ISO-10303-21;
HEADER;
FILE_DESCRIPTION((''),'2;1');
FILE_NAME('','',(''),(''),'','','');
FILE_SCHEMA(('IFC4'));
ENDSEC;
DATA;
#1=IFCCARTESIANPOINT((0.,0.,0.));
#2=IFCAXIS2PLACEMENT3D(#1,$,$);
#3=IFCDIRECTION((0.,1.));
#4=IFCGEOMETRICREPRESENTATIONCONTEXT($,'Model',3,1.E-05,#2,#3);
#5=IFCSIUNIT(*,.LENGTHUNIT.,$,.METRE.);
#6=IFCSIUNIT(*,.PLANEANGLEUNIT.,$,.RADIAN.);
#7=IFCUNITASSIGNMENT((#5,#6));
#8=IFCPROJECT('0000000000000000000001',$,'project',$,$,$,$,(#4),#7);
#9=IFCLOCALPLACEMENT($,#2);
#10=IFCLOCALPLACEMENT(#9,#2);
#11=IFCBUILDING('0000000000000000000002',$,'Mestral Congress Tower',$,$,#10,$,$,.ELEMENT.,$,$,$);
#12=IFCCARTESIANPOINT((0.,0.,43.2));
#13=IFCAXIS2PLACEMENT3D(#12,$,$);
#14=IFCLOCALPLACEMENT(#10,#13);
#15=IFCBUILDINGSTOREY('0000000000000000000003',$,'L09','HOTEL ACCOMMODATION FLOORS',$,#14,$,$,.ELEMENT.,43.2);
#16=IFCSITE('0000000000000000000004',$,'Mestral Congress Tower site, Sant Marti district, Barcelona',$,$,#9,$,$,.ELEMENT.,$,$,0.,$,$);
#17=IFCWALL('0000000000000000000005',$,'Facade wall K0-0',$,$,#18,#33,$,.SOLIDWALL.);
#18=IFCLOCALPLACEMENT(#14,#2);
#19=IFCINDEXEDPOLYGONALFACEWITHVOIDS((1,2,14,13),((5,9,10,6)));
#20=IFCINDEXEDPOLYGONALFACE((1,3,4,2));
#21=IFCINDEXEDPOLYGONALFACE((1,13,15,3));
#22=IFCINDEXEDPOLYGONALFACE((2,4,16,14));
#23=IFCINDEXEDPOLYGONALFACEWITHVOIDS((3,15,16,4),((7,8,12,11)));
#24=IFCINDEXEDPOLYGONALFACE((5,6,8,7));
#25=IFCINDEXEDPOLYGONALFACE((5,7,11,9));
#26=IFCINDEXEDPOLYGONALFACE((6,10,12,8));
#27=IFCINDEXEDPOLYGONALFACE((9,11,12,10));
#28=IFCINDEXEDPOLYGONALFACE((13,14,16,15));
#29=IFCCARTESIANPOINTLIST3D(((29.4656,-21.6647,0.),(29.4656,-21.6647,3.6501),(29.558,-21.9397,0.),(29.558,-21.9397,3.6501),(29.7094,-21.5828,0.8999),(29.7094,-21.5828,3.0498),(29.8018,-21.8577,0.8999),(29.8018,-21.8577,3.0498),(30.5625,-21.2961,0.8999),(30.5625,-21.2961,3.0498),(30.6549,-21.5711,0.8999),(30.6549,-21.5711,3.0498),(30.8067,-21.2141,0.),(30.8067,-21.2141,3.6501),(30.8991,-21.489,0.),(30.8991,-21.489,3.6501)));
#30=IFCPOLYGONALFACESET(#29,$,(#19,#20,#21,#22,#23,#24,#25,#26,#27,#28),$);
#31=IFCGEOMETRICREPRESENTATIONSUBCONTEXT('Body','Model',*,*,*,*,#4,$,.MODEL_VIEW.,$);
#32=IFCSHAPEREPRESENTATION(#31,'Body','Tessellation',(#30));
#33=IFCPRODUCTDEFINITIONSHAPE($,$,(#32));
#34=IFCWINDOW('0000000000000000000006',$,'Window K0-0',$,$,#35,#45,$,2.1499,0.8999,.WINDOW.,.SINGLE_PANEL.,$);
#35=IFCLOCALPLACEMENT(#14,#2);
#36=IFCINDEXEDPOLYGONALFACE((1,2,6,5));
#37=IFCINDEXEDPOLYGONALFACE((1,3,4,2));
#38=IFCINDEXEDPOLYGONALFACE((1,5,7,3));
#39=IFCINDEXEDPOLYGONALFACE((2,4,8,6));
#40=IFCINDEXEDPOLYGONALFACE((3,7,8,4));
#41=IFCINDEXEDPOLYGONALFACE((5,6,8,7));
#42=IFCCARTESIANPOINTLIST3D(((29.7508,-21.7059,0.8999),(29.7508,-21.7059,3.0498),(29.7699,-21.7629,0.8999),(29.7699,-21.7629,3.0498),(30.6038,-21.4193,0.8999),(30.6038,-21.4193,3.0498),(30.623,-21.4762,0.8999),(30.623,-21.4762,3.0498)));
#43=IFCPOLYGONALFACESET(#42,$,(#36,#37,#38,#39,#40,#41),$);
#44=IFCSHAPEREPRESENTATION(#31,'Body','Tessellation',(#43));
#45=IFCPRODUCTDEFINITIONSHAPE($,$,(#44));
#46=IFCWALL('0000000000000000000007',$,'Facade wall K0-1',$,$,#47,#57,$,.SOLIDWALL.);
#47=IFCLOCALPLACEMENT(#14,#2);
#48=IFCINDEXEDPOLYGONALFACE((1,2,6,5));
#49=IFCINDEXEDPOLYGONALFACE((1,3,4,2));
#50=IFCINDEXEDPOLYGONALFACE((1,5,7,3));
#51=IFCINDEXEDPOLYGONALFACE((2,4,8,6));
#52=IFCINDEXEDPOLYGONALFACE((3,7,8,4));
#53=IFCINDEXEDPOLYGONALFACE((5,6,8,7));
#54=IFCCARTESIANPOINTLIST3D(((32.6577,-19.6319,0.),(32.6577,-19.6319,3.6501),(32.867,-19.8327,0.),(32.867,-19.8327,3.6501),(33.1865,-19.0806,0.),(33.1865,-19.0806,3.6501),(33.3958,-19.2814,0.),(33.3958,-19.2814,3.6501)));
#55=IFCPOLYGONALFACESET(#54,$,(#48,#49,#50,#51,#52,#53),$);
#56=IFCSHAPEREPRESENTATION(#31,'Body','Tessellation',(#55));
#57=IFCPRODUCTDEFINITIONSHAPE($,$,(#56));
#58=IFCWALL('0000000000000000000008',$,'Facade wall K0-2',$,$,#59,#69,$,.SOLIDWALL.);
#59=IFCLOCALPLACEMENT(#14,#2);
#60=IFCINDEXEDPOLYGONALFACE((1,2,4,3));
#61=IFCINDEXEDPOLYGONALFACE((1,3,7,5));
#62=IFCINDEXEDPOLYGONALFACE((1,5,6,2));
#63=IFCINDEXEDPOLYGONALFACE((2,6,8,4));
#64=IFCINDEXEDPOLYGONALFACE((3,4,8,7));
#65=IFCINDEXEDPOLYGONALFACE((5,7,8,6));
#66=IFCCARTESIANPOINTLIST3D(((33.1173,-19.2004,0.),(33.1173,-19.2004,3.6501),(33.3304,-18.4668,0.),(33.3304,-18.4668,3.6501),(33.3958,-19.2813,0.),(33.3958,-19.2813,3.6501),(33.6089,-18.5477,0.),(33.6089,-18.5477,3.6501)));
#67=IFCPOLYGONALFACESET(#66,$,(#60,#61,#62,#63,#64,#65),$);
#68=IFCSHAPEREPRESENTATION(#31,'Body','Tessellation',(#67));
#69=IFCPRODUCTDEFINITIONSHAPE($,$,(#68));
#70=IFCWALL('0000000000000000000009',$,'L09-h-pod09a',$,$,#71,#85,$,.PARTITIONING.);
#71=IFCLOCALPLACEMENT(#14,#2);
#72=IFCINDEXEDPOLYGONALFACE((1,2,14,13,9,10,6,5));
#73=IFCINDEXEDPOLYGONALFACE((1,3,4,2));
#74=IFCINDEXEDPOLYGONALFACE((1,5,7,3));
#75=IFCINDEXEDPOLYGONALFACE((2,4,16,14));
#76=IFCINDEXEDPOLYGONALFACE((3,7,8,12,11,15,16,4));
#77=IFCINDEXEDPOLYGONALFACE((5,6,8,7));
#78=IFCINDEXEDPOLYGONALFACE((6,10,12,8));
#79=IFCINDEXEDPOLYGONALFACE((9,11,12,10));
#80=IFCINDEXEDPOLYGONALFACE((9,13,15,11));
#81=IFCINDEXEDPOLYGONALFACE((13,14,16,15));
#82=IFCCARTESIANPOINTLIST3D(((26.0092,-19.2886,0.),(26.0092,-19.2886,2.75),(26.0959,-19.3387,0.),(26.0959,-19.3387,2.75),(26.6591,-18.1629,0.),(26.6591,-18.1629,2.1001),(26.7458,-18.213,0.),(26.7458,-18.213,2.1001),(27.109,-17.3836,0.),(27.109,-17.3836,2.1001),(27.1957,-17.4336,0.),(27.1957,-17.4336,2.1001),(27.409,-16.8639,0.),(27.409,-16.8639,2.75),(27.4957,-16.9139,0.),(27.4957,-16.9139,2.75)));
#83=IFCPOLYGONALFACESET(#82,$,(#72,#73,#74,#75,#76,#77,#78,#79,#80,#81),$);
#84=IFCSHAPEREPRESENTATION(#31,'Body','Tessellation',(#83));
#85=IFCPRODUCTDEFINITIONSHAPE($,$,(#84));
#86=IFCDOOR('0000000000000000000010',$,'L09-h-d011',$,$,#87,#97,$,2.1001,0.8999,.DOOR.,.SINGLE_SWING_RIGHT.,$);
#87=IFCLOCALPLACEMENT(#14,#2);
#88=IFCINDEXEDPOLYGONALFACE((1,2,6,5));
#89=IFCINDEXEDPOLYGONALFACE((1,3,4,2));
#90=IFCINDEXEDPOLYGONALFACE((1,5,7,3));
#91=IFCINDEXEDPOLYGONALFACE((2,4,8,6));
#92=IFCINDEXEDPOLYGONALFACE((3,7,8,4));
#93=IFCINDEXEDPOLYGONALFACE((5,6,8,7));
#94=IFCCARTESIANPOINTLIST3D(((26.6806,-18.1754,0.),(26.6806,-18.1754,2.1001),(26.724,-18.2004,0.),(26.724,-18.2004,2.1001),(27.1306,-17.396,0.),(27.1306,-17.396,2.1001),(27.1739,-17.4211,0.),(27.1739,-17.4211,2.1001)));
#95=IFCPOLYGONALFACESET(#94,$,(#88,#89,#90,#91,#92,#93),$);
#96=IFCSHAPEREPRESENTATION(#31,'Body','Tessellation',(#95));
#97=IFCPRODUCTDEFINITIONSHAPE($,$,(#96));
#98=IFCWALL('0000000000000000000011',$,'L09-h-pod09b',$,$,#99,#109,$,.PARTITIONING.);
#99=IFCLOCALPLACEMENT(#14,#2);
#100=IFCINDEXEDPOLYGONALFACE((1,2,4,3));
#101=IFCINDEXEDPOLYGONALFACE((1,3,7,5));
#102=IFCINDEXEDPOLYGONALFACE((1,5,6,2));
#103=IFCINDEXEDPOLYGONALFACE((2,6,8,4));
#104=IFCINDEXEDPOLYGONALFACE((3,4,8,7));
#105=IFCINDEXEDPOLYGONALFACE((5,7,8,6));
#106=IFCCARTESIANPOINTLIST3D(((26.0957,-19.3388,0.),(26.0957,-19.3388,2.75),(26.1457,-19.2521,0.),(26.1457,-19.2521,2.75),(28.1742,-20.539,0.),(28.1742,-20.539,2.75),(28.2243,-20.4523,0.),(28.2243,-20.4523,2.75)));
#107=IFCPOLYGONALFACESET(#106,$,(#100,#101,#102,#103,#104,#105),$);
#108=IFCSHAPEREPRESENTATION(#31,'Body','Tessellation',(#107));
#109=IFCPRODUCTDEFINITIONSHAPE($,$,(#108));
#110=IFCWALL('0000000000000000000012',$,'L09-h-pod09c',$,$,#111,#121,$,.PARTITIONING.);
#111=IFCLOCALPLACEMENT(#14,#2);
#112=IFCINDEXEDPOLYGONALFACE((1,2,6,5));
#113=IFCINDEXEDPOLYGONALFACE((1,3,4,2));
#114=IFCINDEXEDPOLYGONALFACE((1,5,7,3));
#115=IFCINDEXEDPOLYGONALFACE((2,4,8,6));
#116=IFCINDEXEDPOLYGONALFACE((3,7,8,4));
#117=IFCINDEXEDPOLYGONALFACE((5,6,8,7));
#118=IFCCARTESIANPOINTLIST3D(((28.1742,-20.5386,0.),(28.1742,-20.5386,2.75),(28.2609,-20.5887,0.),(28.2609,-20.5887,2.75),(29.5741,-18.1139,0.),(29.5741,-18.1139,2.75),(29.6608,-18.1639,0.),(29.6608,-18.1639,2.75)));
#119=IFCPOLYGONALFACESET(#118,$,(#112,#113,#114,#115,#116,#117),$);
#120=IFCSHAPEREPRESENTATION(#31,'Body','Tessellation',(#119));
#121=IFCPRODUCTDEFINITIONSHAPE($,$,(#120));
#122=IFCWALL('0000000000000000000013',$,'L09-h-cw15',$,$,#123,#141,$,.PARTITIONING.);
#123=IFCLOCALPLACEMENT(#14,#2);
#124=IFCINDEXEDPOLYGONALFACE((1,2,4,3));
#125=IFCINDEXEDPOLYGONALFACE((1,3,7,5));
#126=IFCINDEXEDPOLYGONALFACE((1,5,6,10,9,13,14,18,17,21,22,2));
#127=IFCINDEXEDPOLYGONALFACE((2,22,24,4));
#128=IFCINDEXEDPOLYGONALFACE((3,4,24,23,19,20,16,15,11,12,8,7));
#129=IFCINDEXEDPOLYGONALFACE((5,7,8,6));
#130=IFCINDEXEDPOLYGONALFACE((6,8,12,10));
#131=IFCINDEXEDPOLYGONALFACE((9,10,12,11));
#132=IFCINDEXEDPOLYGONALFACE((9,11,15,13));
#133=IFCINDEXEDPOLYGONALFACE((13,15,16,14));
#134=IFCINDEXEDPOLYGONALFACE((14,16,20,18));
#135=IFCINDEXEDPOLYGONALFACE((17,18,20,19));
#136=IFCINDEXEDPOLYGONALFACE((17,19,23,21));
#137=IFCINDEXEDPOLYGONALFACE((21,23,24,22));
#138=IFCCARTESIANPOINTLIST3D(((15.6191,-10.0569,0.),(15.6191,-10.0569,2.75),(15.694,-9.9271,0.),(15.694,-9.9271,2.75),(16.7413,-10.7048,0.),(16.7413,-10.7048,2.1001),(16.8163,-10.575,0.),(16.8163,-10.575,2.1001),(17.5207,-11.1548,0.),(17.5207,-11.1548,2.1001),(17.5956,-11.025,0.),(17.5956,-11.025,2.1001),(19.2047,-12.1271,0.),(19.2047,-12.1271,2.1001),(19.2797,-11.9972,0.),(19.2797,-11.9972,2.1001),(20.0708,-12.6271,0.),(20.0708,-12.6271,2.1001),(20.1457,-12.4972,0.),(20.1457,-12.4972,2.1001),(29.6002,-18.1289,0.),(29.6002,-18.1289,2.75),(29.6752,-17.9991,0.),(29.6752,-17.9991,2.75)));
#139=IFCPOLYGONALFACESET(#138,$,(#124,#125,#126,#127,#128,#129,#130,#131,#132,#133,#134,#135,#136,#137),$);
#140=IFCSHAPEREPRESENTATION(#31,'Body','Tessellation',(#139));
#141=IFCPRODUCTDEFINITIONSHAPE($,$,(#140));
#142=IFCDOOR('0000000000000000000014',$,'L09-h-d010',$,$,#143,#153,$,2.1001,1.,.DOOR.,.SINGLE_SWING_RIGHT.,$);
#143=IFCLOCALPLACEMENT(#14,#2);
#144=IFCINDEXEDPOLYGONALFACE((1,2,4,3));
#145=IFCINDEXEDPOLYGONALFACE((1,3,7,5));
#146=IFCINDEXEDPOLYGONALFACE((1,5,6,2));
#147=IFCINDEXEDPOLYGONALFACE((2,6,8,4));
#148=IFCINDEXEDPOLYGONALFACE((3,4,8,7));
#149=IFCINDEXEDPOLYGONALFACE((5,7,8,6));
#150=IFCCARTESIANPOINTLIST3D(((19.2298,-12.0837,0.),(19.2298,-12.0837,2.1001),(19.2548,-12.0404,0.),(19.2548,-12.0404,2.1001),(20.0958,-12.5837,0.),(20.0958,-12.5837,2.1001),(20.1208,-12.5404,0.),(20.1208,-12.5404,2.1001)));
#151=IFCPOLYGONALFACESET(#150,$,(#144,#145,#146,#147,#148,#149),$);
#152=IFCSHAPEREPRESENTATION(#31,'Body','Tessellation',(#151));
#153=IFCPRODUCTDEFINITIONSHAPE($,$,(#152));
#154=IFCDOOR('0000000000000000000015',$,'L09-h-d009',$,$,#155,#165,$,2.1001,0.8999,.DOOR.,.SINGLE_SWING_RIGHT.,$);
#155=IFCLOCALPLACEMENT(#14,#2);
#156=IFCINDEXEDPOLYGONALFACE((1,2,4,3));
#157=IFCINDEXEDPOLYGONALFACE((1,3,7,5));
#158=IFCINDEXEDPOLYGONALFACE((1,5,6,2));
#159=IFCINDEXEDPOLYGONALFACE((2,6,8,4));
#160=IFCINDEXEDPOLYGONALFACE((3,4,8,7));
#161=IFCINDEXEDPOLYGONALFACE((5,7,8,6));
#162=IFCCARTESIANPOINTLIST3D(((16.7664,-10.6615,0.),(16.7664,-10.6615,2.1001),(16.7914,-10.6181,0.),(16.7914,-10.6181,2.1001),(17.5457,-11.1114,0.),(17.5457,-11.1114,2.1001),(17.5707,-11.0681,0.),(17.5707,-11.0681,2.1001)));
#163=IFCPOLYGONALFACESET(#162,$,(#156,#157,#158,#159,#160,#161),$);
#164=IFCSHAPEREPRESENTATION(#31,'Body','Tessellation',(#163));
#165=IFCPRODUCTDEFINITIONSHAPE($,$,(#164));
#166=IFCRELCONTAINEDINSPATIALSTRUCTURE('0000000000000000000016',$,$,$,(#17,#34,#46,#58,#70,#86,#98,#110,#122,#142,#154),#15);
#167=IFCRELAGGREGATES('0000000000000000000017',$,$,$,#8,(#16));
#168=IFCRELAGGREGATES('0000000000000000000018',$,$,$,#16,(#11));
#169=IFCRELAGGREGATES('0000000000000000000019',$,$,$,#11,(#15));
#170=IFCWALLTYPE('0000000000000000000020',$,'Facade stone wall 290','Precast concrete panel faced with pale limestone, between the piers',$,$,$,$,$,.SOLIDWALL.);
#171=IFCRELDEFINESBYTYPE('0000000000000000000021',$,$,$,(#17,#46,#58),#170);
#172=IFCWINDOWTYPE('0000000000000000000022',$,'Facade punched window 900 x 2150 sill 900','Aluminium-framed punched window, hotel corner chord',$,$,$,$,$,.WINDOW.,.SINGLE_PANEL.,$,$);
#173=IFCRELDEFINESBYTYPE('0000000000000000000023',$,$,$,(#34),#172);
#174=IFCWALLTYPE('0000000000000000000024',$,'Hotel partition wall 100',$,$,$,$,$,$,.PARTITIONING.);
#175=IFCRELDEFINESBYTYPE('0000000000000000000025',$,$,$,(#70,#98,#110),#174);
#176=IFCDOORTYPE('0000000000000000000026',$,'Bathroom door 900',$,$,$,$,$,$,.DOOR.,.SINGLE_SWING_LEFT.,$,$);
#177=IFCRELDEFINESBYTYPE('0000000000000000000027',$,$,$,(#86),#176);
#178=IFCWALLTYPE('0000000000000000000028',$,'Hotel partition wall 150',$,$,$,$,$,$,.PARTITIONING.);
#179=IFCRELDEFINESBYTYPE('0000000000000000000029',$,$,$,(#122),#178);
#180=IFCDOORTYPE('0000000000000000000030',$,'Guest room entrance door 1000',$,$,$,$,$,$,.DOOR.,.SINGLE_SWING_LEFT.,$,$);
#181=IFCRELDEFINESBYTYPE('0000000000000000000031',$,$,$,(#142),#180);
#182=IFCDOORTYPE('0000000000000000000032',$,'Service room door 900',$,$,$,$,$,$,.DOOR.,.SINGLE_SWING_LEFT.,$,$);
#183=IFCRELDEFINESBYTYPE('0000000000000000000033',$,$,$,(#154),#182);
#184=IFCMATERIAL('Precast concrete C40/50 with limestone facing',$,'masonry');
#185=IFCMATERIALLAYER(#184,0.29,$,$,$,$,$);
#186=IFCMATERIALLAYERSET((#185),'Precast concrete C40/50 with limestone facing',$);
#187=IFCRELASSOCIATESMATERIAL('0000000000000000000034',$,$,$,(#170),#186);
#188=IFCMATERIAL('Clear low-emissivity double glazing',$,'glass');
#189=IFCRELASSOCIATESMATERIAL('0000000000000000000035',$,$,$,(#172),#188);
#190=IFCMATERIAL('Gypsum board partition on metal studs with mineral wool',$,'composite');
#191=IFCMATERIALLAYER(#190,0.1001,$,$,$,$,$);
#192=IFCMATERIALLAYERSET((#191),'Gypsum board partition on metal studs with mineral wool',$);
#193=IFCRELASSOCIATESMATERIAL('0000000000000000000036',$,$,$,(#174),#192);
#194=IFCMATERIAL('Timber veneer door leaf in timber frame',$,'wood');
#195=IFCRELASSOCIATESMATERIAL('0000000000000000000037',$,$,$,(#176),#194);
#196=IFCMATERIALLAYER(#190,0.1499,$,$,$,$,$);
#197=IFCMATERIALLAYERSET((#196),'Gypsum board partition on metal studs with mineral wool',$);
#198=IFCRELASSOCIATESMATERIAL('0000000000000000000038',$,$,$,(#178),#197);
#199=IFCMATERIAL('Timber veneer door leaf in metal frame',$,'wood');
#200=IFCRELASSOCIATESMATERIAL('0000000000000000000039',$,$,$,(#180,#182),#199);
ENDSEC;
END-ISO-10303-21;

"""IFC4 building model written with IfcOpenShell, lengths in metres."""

from ifc_helpers import new_model, si_unit, direction, frame, frame_2d, origin, place, context, subcontext, project, spatial, rectangle, extrude, material, layer, layer_set, type_object, element, fill, save


model = new_model("IFC4")

# Units and contexts
model_context = context("Model", 3, precision=1e-05, world=origin(), true_north=direction((0.0, 1.0)))
body_context = subcontext(model_context, "Body", "Model", "MODEL_VIEW")
ifc_project = project(units=[si_unit("LENGTHUNIT", "METRE"), si_unit("PLANEANGLEUNIT", "RADIAN")], contexts=[model_context])

# Site, building, storey
site_placement = place(None, origin())
site = spatial("IfcSite", under=ifc_project, at=site_placement, Name="Mestral Congress Tower site, Sant Marti district, Barcelona", CompositionType="ELEMENT", RefElevation=0.0)
building_placement = place(site_placement, origin())
building = spatial("IfcBuilding", under=site, at=building_placement, Name="Mestral Congress Tower", CompositionType="ELEMENT")
storey_placement = place(building_placement, frame((0.0, 0.0, 43.2)))
storey = spatial("IfcBuildingStorey", under=building, at=storey_placement, Name="L09", Description="HOTEL ACCOMMODATION FLOORS", CompositionType="ELEMENT", Elevation=43.2)

# Shared definitions
ifc_material_1 = material(Name="Precast concrete C40/50 with limestone facing", Category="masonry")
ifc_layer_1 = layer(ifc_material_1, 0.29)
ifc_layer_set_1 = layer_set([ifc_layer_1], Name="Precast concrete C40/50 with limestone facing")
wall_type_1 = type_object("IfcWallType", Name="Facade stone wall 290", Description="Precast concrete panel faced with pale limestone, between the piers", PredefinedType="SOLIDWALL", material=ifc_layer_set_1)
ifc_material_2 = material(Name="Clear low-emissivity double glazing", Category="glass")

# Wall, opening, window
wall_1_placement = place(storey_placement, frame((29.5117, -21.8022, 0.0), z_axis=(0.0, 0.0, 1.0), x_axis=(0.947904, 0.318556, 0.0)))
wall_1 = element("IfcWall", 1, at=wall_1_placement, inside=storey, type_object=wall_type_1, Name="Facade wall K0-0", PredefinedType="SOLIDWALL", context=body_context, shape_type="SweptSolid", body=[
    extrude(rectangle(XDim=1.4148, YDim=0.29, at=frame_2d((0.7075, 0.0))), origin(), (0.0, 0.0, 1.0), 3.6501),
])
opening_1_placement = place(wall_1_placement, frame((0.2573, 0.0, 0.8999)))
opening_1 = element("IfcOpeningElement", 2, at=opening_1_placement, cuts=wall_1, PredefinedType="OPENING", context=body_context, shape_type="SweptSolid", body=[
    extrude(rectangle(XDim=0.8999, YDim=2.1499, at=frame_2d((0.45, 1.075))), frame((0.0, 0.155, 0.0), z_axis=(0.0, -1.0, 0.0), x_axis=(1.0, 0.0, 0.0)), (0.0, 0.0, 1.0), 0.3101),
])
window_type_1 = type_object("IfcWindowType", Name="Facade punched window 900 x 2150 sill 900", Description="Aluminium-framed punched window, hotel corner chord", PartitioningType="SINGLE_PANEL", PredefinedType="WINDOW", material=ifc_material_2)
window_1_placement = place(opening_1_placement, origin())
window_1 = element("IfcWindow", 3, at=window_1_placement, inside=storey, type_object=window_type_1, Name="Window K0-0", OverallHeight=2.1499, OverallWidth=0.8999, PartitioningType="SINGLE_PANEL", PredefinedType="WINDOW", context=body_context, shape_type="SweptSolid", body=[
    extrude(rectangle(XDim=0.8999, YDim=2.1499, at=frame_2d((0.45, 1.075))), frame((0.0, 0.0151, 0.0), z_axis=(0.0, -1.0, 0.0), x_axis=(1.0, 0.0, 0.0)), (0.0, 0.0, 1.0), 0.0601),
])
fill(opening_1, window_1)

# Walls
for number, where, z_axis, x_axis, name in (
    (4, (32.7625, -19.7322, 0.0), (0.0, 0.0, 1.0), (0.692252, 0.721656, 0.0), "Facade wall K0-1"),
    (5, (33.2566, -19.2407, 0.0), (0.0, 0.0, 1.0), (0.278981, 0.960297, 0.0), "Facade wall K0-2"),
):
    element("IfcWall", number, at=place(storey_placement, frame(where, z_axis=z_axis, x_axis=x_axis)), inside=storey, type_object=wall_type_1, Name=name, PredefinedType="SOLIDWALL", context=body_context, shape_type="SweptSolid", body=[
        extrude(rectangle(XDim=0.7639, YDim=0.29, at=frame_2d((0.3818, 0.0))), origin(), (0.0, 0.0, 1.0), 3.6501),
    ])

# Wall, opening, door
ifc_material_3 = material(Name="Gypsum board partition on metal studs with mineral wool", Category="composite")
ifc_layer_2 = layer(ifc_material_3, 0.1001)
ifc_layer_set_2 = layer_set([ifc_layer_2], Name="Gypsum board partition on metal studs with mineral wool")
wall_type_2 = type_object("IfcWallType", Name="Hotel partition wall 100", PredefinedType="PARTITIONING", material=ifc_layer_set_2)
wall_2_placement = place(storey_placement, frame((27.4524, -16.8889, 0.0), z_axis=(0.0, 0.0, 1.0), x_axis=(-0.499984, -0.866035, 0.0)))
wall_2 = element("IfcWall", 6, at=wall_2_placement, inside=storey, type_object=wall_type_2, Name="L09-h-pod09a", PredefinedType="PARTITIONING", context=body_context, shape_type="SweptSolid", body=[
    extrude(rectangle(XDim=2.7998, YDim=0.1001, at=frame_2d((1.3999, 0.0))), origin(), (0.0, 0.0, 1.0), 2.75),
])
opening_2_placement = place(wall_2_placement, frame((0.6001, 0.0, 0.0)))
opening_2 = element("IfcOpeningElement", 7, at=opening_2_placement, cuts=wall_2, PredefinedType="OPENING", context=body_context, shape_type="SweptSolid", body=[
    extrude(rectangle(XDim=0.8999, YDim=2.1001, at=frame_2d((0.45, 1.05))), frame((0.0, 0.0601, 0.0), z_axis=(0.0, -1.0, 0.0), x_axis=(1.0, 0.0, 0.0)), (0.0, 0.0, 1.0), 0.1201),
])
ifc_material_4 = material(Name="Timber veneer door leaf in timber frame", Category="wood")
door_type_1 = type_object("IfcDoorType", Name="Bathroom door 900", OperationType="SINGLE_SWING_LEFT", PredefinedType="DOOR", material=ifc_material_4)
door_1_placement = place(opening_2_placement, origin())
door_1 = element("IfcDoor", 8, at=door_1_placement, inside=storey, type_object=door_type_1, Name="L09-h-d011", OperationType="SINGLE_SWING_RIGHT", OverallHeight=2.1001, OverallWidth=0.8999, PredefinedType="DOOR", context=body_context, shape_type="SweptSolid", body=[
    extrude(rectangle(XDim=0.8999, YDim=2.1001, at=frame_2d((0.45, 1.05))), frame((0.0, 0.0249, 0.0), z_axis=(0.0, -1.0, 0.0), x_axis=(1.0, 0.0, 0.0)), (0.0, 0.0, 1.0), 0.05),
])
fill(opening_2, door_1)

# Walls
wall_3_placement = place(storey_placement, frame((26.1206, -19.2954, 0.0), z_axis=(0.0, 0.0, 1.0), x_axis=(0.866006, -0.500034, 0.0)))
element("IfcWall", 9, at=wall_3_placement, inside=storey, type_object=wall_type_2, Name="L09-h-pod09b", PredefinedType="PARTITIONING", context=body_context, shape_type="SweptSolid", body=[
    extrude(rectangle(XDim=2.4001, YDim=0.1001, at=frame_2d((1.2002, 0.0))), origin(), (0.0, 0.0, 1.0), 2.75),
])
wall_4_placement = place(storey_placement, frame((29.6174, -18.1389, 0.0), z_axis=(0.0, 0.0, 1.0), x_axis=(-0.499984, -0.866035, 0.0)))
element("IfcWall", 10, at=wall_4_placement, inside=storey, type_object=wall_type_2, Name="L09-h-pod09c", PredefinedType="PARTITIONING", context=body_context, shape_type="SweptSolid", body=[
    extrude(rectangle(XDim=2.7998, YDim=0.1001, at=frame_2d((1.3999, 0.0))), origin(), (0.0, 0.0, 1.0), 2.75),
])

# Wall, openings, doors
ifc_layer_3 = layer(ifc_material_3, 0.1499)
ifc_layer_set_3 = layer_set([ifc_layer_3], Name="Gypsum board partition on metal studs with mineral wool")
wall_type_3 = type_object("IfcWallType", Name="Hotel partition wall 150", PredefinedType="PARTITIONING", material=ifc_layer_set_3)
wall_5_placement = place(storey_placement, frame((29.6377, -18.064, 0.0), z_axis=(0.0, 0.0, 1.0), x_axis=(-0.866026, 0.499999, 0.0)))
wall_5 = element("IfcWall", 11, at=wall_5_placement, inside=storey, type_object=wall_type_3, Name="L09-h-cw15", PredefinedType="PARTITIONING", context=body_context, shape_type="SweptSolid", body=[
    extrude(rectangle(XDim=16.144, YDim=0.1499, at=frame_2d((8.072, 0.0))), origin(), (0.0, 0.0, 1.0), 2.75),
])
opening_3_placement = place(wall_5_placement, frame((13.9482, 0.0, 0.0)))
opening_3 = element("IfcOpeningElement", 12, at=opening_3_placement, cuts=wall_5, PredefinedType="OPENING", context=body_context, shape_type="SweptSolid", body=[
    extrude(rectangle(XDim=0.8999, YDim=2.1001, at=frame_2d((0.45, 1.05))), frame((0.0, 0.085, 0.0), z_axis=(0.0, -1.0, 0.0), x_axis=(1.0, 0.0, 0.0)), (0.0, 0.0, 1.0), 0.1699),
])
opening_4_placement = place(wall_5_placement, frame((11.0037, 0.0, 0.0)))
opening_4 = element("IfcOpeningElement", 13, at=opening_4_placement, cuts=wall_5, PredefinedType="OPENING", context=body_context, shape_type="SweptSolid", body=[
    extrude(rectangle(XDim=1.0, YDim=2.1001, at=frame_2d((0.5, 1.05))), frame((0.0, 0.085, 0.0), z_axis=(0.0, -1.0, 0.0), x_axis=(1.0, 0.0, 0.0)), (0.0, 0.0, 1.0), 0.1699),
])
ifc_material_5 = material(Name="Timber veneer door leaf in metal frame", Category="wood")
door_type_2 = type_object("IfcDoorType", Name="Guest room entrance door 1000", OperationType="SINGLE_SWING_LEFT", PredefinedType="DOOR", material=ifc_material_5)
door_2_placement = place(opening_4_placement, origin())
door_2 = element("IfcDoor", 14, at=door_2_placement, inside=storey, type_object=door_type_2, Name="L09-h-d010", OperationType="SINGLE_SWING_RIGHT", OverallHeight=2.1001, OverallWidth=1.0, PredefinedType="DOOR", context=body_context, shape_type="SweptSolid", body=[
    extrude(rectangle(XDim=1.0, YDim=2.1001, at=frame_2d((0.5, 1.05))), frame((0.0, 0.0249, 0.0), z_axis=(0.0, -1.0, 0.0), x_axis=(1.0, 0.0, 0.0)), (0.0, 0.0, 1.0), 0.05),
])
fill(opening_4, door_2)
door_type_3 = type_object("IfcDoorType", Name="Service room door 900", OperationType="SINGLE_SWING_LEFT", PredefinedType="DOOR", material=ifc_material_5)
door_3_placement = place(opening_3_placement, origin())
door_3 = element("IfcDoor", 15, at=door_3_placement, inside=storey, type_object=door_type_3, Name="L09-h-d009", OperationType="SINGLE_SWING_RIGHT", OverallHeight=2.1001, OverallWidth=0.8999, PredefinedType="DOOR", context=body_context, shape_type="SweptSolid", body=[
    extrude(rectangle(XDim=0.8999, YDim=2.1001, at=frame_2d((0.45, 1.05))), frame((0.0, 0.0249, 0.0), z_axis=(0.0, -1.0, 0.0), x_axis=(1.0, 0.0, 0.0)), (0.0, 0.0, 1.0), 0.05),
])
fill(opening_3, door_3)

save(model, "model.ifc")
